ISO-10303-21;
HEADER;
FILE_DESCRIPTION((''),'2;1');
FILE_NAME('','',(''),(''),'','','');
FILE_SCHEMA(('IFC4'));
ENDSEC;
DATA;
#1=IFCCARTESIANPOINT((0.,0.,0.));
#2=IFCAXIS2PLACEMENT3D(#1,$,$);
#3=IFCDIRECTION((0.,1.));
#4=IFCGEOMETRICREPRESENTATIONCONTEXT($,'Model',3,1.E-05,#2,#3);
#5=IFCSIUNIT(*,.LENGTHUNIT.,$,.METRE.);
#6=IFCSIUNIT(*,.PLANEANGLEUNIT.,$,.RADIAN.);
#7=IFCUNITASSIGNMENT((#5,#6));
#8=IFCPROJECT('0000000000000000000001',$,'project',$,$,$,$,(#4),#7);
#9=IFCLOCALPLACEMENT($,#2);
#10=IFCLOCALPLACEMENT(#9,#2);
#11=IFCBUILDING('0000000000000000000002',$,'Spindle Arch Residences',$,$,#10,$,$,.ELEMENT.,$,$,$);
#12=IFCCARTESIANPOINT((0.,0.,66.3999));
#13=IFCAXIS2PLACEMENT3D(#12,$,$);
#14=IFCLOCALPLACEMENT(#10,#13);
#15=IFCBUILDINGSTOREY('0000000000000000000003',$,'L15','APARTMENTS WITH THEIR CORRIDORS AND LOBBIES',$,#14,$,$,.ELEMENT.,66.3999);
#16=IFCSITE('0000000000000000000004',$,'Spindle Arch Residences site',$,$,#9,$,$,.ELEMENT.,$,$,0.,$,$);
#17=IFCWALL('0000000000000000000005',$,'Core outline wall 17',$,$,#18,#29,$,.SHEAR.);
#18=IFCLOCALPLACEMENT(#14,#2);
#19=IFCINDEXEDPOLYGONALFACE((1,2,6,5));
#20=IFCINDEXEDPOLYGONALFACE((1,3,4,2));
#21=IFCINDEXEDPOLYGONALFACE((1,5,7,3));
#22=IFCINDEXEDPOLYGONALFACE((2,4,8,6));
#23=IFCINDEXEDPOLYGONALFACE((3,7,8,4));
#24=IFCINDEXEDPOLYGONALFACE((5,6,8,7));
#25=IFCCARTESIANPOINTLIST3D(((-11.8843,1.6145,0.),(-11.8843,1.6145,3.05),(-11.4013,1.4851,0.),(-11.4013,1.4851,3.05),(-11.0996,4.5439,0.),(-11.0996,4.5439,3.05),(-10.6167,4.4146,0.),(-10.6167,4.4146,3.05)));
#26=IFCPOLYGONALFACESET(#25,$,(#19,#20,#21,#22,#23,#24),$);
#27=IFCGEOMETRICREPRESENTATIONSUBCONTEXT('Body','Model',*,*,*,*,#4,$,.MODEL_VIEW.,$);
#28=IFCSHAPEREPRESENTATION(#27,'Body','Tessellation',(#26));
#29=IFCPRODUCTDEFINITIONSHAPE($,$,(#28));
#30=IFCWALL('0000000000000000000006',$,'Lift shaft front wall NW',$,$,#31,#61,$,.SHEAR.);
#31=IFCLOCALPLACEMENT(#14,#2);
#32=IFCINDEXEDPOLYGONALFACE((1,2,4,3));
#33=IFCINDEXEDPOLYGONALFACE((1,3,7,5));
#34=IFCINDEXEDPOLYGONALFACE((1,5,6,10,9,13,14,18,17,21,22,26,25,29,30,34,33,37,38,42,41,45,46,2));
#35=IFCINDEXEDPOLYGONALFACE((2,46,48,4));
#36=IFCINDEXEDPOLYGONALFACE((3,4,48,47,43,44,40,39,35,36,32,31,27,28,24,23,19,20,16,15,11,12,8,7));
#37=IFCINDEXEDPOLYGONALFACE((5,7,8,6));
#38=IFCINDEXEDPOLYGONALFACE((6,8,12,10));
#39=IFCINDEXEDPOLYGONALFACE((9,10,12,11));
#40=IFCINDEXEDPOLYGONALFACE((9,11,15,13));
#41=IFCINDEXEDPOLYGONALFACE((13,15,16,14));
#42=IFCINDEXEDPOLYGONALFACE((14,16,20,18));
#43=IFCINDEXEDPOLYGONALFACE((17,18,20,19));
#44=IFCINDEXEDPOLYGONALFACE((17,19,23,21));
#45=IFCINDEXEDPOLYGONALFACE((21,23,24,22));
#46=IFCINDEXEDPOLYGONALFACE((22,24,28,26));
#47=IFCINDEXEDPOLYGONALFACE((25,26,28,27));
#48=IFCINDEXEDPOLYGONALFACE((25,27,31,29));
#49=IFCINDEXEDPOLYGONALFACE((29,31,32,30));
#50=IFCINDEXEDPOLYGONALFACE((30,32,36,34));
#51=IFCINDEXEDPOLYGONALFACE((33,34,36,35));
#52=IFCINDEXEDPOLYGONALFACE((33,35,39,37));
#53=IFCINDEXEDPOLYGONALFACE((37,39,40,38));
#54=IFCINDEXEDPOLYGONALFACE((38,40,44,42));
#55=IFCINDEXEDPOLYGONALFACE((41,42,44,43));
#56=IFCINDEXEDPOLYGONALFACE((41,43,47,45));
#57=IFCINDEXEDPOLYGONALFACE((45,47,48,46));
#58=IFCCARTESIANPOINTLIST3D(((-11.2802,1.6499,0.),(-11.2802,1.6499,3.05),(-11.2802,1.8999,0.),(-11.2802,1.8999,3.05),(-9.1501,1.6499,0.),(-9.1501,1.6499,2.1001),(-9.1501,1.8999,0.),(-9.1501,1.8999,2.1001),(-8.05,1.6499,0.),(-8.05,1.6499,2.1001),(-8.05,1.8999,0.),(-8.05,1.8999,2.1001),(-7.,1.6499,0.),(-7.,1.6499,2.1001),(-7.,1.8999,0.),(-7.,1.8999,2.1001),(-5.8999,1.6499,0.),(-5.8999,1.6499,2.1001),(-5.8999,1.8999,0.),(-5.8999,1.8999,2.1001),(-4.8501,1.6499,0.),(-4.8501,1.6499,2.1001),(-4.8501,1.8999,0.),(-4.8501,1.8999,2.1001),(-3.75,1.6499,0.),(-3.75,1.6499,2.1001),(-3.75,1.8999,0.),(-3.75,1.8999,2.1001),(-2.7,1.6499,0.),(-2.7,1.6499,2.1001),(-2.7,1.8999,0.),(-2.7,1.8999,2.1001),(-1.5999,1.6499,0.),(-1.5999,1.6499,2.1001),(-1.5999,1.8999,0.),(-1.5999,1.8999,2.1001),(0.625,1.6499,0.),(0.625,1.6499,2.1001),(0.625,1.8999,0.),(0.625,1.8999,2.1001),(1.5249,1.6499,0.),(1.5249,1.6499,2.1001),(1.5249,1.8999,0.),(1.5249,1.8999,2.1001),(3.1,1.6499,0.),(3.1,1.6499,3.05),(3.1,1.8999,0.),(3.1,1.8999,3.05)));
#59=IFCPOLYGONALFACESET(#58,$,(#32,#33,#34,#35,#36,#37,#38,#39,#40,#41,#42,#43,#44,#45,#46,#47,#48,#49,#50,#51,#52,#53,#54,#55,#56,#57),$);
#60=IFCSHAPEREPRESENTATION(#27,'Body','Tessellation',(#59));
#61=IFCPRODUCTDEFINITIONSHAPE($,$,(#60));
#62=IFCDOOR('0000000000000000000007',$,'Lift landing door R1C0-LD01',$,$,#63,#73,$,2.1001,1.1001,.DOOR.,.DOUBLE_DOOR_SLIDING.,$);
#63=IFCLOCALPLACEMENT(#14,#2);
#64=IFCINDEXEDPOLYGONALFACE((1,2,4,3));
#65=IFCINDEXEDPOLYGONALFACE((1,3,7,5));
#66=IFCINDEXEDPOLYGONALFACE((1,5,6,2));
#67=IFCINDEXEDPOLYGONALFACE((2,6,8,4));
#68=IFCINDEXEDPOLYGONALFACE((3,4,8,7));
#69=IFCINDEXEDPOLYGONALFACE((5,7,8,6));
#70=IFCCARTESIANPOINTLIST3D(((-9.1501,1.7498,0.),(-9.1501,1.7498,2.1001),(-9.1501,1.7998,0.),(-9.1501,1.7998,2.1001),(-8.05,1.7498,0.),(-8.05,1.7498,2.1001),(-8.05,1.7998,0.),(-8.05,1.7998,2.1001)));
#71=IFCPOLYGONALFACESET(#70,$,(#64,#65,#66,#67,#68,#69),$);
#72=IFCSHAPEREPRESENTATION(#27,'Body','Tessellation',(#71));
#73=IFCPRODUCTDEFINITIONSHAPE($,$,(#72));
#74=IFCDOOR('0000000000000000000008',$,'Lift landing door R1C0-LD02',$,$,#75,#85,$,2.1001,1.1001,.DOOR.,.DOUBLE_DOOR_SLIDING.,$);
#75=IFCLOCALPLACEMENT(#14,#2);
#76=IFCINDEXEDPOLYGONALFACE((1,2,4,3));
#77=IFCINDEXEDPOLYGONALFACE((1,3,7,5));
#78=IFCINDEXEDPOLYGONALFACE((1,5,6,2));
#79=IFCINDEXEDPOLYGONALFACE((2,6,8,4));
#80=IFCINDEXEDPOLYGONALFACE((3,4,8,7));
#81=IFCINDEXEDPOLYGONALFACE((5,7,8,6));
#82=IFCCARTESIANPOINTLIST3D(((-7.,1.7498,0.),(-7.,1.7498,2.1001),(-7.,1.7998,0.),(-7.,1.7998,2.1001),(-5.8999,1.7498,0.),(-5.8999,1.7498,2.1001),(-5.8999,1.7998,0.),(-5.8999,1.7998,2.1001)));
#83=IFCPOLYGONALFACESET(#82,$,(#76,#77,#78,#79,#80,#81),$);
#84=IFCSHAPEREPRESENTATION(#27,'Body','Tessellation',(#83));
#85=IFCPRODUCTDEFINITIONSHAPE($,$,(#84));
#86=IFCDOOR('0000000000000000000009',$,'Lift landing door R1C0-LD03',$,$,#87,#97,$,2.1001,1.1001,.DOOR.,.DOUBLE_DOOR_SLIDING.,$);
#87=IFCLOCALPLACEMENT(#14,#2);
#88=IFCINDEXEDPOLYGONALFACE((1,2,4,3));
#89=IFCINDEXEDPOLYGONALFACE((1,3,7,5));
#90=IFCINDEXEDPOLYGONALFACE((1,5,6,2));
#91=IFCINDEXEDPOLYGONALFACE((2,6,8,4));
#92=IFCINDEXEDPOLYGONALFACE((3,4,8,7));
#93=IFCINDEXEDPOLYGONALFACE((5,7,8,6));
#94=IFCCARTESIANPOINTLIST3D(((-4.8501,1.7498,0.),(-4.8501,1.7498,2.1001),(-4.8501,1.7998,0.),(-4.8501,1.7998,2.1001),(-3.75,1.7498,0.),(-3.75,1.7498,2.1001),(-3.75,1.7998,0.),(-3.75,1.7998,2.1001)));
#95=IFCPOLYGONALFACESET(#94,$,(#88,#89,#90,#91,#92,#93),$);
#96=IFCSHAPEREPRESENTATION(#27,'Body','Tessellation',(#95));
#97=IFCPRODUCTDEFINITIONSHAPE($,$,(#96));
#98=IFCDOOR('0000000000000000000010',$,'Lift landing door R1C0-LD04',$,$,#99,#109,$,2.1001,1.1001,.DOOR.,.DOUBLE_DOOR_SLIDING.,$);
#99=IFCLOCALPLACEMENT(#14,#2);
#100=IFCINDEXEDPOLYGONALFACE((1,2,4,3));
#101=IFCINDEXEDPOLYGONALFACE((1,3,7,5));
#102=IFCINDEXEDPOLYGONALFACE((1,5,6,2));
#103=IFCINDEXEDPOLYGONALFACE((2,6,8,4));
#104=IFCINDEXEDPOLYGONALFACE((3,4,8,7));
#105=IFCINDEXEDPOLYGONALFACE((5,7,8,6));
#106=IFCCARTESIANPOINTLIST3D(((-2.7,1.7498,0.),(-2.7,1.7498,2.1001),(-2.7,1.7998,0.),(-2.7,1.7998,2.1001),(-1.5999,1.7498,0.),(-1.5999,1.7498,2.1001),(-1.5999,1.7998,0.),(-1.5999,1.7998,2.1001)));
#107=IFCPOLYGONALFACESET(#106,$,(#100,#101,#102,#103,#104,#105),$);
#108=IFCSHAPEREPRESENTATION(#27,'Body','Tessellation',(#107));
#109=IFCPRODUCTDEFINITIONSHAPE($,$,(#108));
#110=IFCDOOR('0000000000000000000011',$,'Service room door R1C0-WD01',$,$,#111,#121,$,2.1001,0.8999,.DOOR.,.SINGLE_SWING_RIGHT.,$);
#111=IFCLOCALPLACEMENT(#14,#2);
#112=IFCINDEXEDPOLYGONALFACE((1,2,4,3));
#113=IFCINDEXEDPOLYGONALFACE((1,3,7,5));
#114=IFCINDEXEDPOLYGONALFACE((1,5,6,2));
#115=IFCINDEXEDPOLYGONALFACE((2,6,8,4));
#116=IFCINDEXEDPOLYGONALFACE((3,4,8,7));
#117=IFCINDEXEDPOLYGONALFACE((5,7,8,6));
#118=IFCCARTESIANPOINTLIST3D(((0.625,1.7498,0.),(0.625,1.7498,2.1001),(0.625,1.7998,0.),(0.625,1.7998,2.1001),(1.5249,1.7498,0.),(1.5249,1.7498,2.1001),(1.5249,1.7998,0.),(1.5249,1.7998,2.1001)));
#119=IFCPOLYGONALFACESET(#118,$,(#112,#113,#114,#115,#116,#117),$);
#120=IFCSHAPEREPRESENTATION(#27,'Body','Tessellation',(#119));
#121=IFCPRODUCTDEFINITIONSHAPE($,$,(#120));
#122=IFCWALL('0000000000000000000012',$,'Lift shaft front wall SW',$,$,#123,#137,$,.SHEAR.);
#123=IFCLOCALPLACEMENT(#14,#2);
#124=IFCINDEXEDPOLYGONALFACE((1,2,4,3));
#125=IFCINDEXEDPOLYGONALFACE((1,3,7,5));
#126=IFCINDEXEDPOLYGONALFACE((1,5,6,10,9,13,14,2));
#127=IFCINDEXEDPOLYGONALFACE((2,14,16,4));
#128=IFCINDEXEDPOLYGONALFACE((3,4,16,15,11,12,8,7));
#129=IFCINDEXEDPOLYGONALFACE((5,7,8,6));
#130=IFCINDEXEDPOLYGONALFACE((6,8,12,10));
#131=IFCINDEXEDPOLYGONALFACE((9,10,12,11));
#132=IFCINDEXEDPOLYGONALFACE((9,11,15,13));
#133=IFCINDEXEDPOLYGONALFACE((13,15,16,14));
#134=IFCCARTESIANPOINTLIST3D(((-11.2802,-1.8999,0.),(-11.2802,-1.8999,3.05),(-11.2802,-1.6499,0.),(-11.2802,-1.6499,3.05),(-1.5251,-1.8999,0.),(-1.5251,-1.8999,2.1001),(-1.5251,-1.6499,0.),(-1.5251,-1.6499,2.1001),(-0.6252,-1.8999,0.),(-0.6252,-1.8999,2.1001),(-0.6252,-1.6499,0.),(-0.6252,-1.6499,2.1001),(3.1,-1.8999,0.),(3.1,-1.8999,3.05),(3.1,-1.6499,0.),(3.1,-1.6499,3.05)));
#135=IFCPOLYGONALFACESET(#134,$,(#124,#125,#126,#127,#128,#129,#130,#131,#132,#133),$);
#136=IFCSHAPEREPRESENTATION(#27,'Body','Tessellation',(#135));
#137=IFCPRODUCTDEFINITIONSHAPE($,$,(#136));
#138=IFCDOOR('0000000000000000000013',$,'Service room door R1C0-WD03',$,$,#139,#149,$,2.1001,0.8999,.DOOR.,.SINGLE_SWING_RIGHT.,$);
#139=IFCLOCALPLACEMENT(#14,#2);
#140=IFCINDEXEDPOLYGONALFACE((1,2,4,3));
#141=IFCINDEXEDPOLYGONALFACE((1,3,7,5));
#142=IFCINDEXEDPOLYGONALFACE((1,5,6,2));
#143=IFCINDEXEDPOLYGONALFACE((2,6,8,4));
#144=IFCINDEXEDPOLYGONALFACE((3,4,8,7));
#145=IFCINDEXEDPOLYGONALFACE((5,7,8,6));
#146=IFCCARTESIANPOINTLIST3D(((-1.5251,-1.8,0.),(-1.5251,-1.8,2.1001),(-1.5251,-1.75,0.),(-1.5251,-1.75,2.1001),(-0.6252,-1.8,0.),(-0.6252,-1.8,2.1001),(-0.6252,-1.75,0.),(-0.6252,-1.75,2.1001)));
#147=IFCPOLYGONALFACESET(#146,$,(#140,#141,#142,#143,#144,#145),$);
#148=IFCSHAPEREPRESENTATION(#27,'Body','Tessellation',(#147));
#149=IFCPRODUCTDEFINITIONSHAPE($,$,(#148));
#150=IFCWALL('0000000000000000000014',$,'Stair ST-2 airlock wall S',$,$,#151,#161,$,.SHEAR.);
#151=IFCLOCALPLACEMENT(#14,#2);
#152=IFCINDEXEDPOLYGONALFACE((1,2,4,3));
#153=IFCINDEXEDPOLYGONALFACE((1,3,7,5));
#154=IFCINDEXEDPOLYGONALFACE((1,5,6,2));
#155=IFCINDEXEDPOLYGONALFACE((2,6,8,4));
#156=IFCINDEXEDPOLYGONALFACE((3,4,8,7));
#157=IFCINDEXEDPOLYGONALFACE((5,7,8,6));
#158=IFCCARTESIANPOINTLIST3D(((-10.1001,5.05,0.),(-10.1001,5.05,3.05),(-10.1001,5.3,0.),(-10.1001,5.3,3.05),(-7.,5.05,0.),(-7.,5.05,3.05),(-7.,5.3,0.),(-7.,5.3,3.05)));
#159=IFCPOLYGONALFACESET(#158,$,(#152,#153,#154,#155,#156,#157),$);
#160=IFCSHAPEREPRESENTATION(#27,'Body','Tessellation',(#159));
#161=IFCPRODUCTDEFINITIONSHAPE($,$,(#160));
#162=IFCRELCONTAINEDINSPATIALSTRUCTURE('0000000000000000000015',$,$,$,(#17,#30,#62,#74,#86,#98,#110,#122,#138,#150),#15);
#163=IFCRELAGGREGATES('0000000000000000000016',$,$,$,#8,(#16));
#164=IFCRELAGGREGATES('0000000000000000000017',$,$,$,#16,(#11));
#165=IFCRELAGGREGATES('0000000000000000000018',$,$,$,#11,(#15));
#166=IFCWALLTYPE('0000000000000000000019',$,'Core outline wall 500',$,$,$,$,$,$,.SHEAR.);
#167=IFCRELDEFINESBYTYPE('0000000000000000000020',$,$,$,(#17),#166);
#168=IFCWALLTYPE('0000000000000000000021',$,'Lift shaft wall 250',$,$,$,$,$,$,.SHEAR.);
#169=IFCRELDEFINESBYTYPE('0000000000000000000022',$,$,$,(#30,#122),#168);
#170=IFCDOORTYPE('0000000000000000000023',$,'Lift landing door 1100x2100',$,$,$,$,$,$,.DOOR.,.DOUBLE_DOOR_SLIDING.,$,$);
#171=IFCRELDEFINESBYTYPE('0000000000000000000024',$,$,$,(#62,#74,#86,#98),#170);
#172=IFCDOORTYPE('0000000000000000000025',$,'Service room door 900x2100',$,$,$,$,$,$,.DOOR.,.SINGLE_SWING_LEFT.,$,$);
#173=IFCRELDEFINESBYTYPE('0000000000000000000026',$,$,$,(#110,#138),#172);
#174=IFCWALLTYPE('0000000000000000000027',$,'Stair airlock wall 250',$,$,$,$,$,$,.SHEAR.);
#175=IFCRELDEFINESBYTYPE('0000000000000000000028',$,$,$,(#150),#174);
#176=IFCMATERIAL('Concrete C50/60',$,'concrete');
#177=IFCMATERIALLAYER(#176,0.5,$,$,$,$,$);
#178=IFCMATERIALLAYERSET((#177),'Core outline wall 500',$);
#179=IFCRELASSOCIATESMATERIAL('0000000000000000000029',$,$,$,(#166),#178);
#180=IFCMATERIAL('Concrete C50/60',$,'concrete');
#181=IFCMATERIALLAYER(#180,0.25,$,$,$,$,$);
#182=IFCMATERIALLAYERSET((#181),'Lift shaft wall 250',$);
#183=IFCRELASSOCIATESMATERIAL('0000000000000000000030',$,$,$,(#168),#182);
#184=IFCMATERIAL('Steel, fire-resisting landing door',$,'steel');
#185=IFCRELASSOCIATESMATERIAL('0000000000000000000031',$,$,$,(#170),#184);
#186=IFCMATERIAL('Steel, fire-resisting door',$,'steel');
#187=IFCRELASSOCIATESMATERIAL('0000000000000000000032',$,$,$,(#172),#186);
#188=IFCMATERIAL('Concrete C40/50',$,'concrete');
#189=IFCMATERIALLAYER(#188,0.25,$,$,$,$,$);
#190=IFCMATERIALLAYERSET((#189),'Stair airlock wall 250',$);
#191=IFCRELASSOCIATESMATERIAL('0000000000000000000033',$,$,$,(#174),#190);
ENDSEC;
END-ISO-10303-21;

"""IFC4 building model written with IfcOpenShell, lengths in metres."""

from ifc_helpers import new_model, si_unit, direction, frame, frame_2d, origin, place, context, subcontext, project, spatial, rectangle, extrude, material, layer, layer_set, type_object, element, fill, save


model = new_model("IFC4")

# Units and contexts
model_context = context("Model", 3, precision=1e-05, world=origin(), true_north=direction((0.0, 1.0)))
body_context = subcontext(model_context, "Body", "Model", "MODEL_VIEW")
ifc_project = project(units=[si_unit("LENGTHUNIT", "METRE"), si_unit("PLANEANGLEUNIT", "RADIAN")], contexts=[model_context])

# Site, building, storey
site_placement = place(None, origin())
site = spatial("IfcSite", under=ifc_project, at=site_placement, Name="Spindle Arch Residences site", CompositionType="ELEMENT", RefElevation=0.0)
building_placement = place(site_placement, origin())
building = spatial("IfcBuilding", under=site, at=building_placement, Name="Spindle Arch Residences", CompositionType="ELEMENT")
storey_placement = place(building_placement, frame((0.0, 0.0, 66.3999)))
storey = spatial("IfcBuildingStorey", under=building, at=storey_placement, Name="L15", Description="APARTMENTS WITH THEIR CORRIDORS AND LOBBIES", CompositionType="ELEMENT", Elevation=66.3999)

# Wall
ifc_material_1 = material(Name="Concrete C50/60", Category="concrete")
ifc_layer_1 = layer(ifc_material_1, 0.5)
ifc_layer_set_1 = layer_set([ifc_layer_1], Name="Core outline wall 500")
wall_type_1 = type_object("IfcWallType", Name="Core outline wall 500", PredefinedType="SHEAR", material=ifc_layer_set_1)
wall_1_placement = place(storey_placement, frame((-10.8582, 4.4792, 0.0), z_axis=(0.0, 0.0, 1.0), x_axis=(-0.258735, -0.965948, 0.0)))
element("IfcWall", 1, at=wall_1_placement, inside=storey, type_object=wall_type_1, Name="Core outline wall 17", PredefinedType="SHEAR", context=body_context, shape_type="SweptSolid", body=[
    extrude(rectangle(XDim=3.0327, YDim=0.5, at=frame_2d((1.5164, 0.0))), origin(), (0.0, 0.0, 1.0), 3.05),
])

# Wall, openings, doors
ifc_material_2 = material(Name="Concrete C50/60", Category="concrete")
ifc_layer_2 = layer(ifc_material_2, 0.25)
ifc_layer_set_2 = layer_set([ifc_layer_2], Name="Lift shaft wall 250")
wall_type_2 = type_object("IfcWallType", Name="Lift shaft wall 250", PredefinedType="SHEAR", material=ifc_layer_set_2)
wall_2_placement = place(storey_placement, frame((-11.28, 1.7749, 0.0), z_axis=(0.0, 0.0, 1.0), x_axis=(1.0, 0.0, 0.0)))
wall_2 = element("IfcWall", 2, at=wall_2_placement, inside=storey, type_object=wall_type_2, Name="Lift shaft front wall NW", PredefinedType="SHEAR", context=body_context, shape_type="SweptSolid", body=[
    extrude(rectangle(XDim=14.3801, YDim=0.25, at=frame_2d((7.1899, 0.0))), origin(), (0.0, 0.0, 1.0), 3.05),
])
opening_1_placement = place(wall_2_placement, frame((2.1299, 0.0, 0.0)))
opening_1 = element("IfcOpeningElement", 3, at=opening_1_placement, cuts=wall_2, PredefinedType="OPENING", context=body_context, shape_type="SweptSolid", body=[
    extrude(rectangle(XDim=1.1001, YDim=2.1001, at=frame_2d((0.55, 1.05))), frame((0.0, 0.135, 0.0), z_axis=(0.0, -1.0, 0.0), x_axis=(1.0, 0.0, 0.0)), (0.0, 0.0, 1.0), 0.27),
])
opening_2_placement = place(wall_2_placement, frame((4.28, 0.0, 0.0)))
opening_2 = element("IfcOpeningElement", 4, at=opening_2_placement, cuts=wall_2, PredefinedType="OPENING", context=body_context, shape_type="SweptSolid", body=[
    extrude(rectangle(XDim=1.1001, YDim=2.1001, at=frame_2d((0.55, 1.05))), frame((0.0, 0.135, 0.0), z_axis=(0.0, -1.0, 0.0), x_axis=(1.0, 0.0, 0.0)), (0.0, 0.0, 1.0), 0.27),
])
opening_3_placement = place(wall_2_placement, frame((6.4299, 0.0, 0.0)))
opening_3 = element("IfcOpeningElement", 5, at=opening_3_placement, cuts=wall_2, PredefinedType="OPENING", context=body_context, shape_type="SweptSolid", body=[
    extrude(rectangle(XDim=1.1001, YDim=2.1001, at=frame_2d((0.55, 1.05))), frame((0.0, 0.135, 0.0), z_axis=(0.0, -1.0, 0.0), x_axis=(1.0, 0.0, 0.0)), (0.0, 0.0, 1.0), 0.27),
])
opening_4_placement = place(wall_2_placement, frame((8.5801, 0.0, 0.0)))
opening_4 = element("IfcOpeningElement", 6, at=opening_4_placement, cuts=wall_2, PredefinedType="OPENING", context=body_context, shape_type="SweptSolid", body=[
    extrude(rectangle(XDim=1.1001, YDim=2.1001, at=frame_2d((0.55, 1.05))), frame((0.0, 0.135, 0.0), z_axis=(0.0, -1.0, 0.0), x_axis=(1.0, 0.0, 0.0)), (0.0, 0.0, 1.0), 0.27),
])
opening_5_placement = place(wall_2_placement, frame((11.905, 0.0, 0.0)))
opening_5 = element("IfcOpeningElement", 7, at=opening_5_placement, cuts=wall_2, PredefinedType="OPENING", context=body_context, shape_type="SweptSolid", body=[
    extrude(rectangle(XDim=0.8999, YDim=2.1001, at=frame_2d((0.45, 1.05))), frame((0.0, 0.135, 0.0), z_axis=(0.0, -1.0, 0.0), x_axis=(1.0, 0.0, 0.0)), (0.0, 0.0, 1.0), 0.27),
])
ifc_material_3 = material(Name="Steel, fire-resisting landing door", Category="steel")
door_type_1 = type_object("IfcDoorType", Name="Lift landing door 1100x2100", OperationType="DOUBLE_DOOR_SLIDING", PredefinedType="DOOR", material=ifc_material_3)
door_1_placement = place(opening_1_placement, origin())
door_1 = element("IfcDoor", 8, at=door_1_placement, inside=storey, type_object=door_type_1, Name="Lift landing door R1C0-LD01", OperationType="DOUBLE_DOOR_SLIDING", OverallHeight=2.1001, OverallWidth=1.1001, PredefinedType="DOOR", context=body_context, shape_type="SweptSolid", body=[
    extrude(rectangle(XDim=1.1001, YDim=2.1001, at=frame_2d((0.55, 1.05))), frame((0.0, 0.0249, 0.0), z_axis=(0.0, -1.0, 0.0), x_axis=(1.0, 0.0, 0.0)), (0.0, 0.0, 1.0), 0.05),
])
fill(opening_1, door_1)
door_2_placement = place(opening_2_placement, origin())
door_2 = element("IfcDoor", 9, at=door_2_placement, inside=storey, type_object=door_type_1, Name="Lift landing door R1C0-LD02", OperationType="DOUBLE_DOOR_SLIDING", OverallHeight=2.1001, OverallWidth=1.1001, PredefinedType="DOOR", context=body_context, shape_type="SweptSolid", body=[
    extrude(rectangle(XDim=1.1001, YDim=2.1001, at=frame_2d((0.55, 1.05))), frame((0.0, 0.0249, 0.0), z_axis=(0.0, -1.0, 0.0), x_axis=(1.0, 0.0, 0.0)), (0.0, 0.0, 1.0), 0.05),
])
fill(opening_2, door_2)
door_3_placement = place(opening_3_placement, origin())
door_3 = element("IfcDoor", 10, at=door_3_placement, inside=storey, type_object=door_type_1, Name="Lift landing door R1C0-LD03", OperationType="DOUBLE_DOOR_SLIDING", OverallHeight=2.1001, OverallWidth=1.1001, PredefinedType="DOOR", context=body_context, shape_type="SweptSolid", body=[
    extrude(rectangle(XDim=1.1001, YDim=2.1001, at=frame_2d((0.55, 1.05))), frame((0.0, 0.0249, 0.0), z_axis=(0.0, -1.0, 0.0), x_axis=(1.0, 0.0, 0.0)), (0.0, 0.0, 1.0), 0.05),
])
fill(opening_3, door_3)
door_4_placement = place(opening_4_placement, origin())
door_4 = element("IfcDoor", 11, at=door_4_placement, inside=storey, type_object=door_type_1, Name="Lift landing door R1C0-LD04", OperationType="DOUBLE_DOOR_SLIDING", OverallHeight=2.1001, OverallWidth=1.1001, PredefinedType="DOOR", context=body_context, shape_type="SweptSolid", body=[
    extrude(rectangle(XDim=1.1001, YDim=2.1001, at=frame_2d((0.55, 1.05))), frame((0.0, 0.0249, 0.0), z_axis=(0.0, -1.0, 0.0), x_axis=(1.0, 0.0, 0.0)), (0.0, 0.0, 1.0), 0.05),
])
fill(opening_4, door_4)
ifc_material_4 = material(Name="Steel, fire-resisting door", Category="steel")
door_type_2 = type_object("IfcDoorType", Name="Service room door 900x2100", OperationType="SINGLE_SWING_LEFT", PredefinedType="DOOR", material=ifc_material_4)
door_5_placement = place(opening_5_placement, origin())
door_5 = element("IfcDoor", 12, at=door_5_placement, inside=storey, type_object=door_type_2, Name="Service room door R1C0-WD01", OperationType="SINGLE_SWING_RIGHT", OverallHeight=2.1001, OverallWidth=0.8999, PredefinedType="DOOR", context=body_context, shape_type="SweptSolid", body=[
    extrude(rectangle(XDim=0.8999, YDim=2.1001, at=frame_2d((0.45, 1.05))), frame((0.0, 0.0249, 0.0), z_axis=(0.0, -1.0, 0.0), x_axis=(1.0, 0.0, 0.0)), (0.0, 0.0, 1.0), 0.05),
])
fill(opening_5, door_5)

# Wall, opening, door
wall_3_placement = place(storey_placement, frame((-11.28, -1.7749, 0.0), z_axis=(0.0, 0.0, 1.0), x_axis=(1.0, 0.0, 0.0)))
wall_3 = element("IfcWall", 13, at=wall_3_placement, inside=storey, type_object=wall_type_2, Name="Lift shaft front wall SW", PredefinedType="SHEAR", context=body_context, shape_type="SweptSolid", body=[
    extrude(rectangle(XDim=14.3801, YDim=0.25, at=frame_2d((7.1899, 0.0))), origin(), (0.0, 0.0, 1.0), 3.05),
])
opening_6_placement = place(wall_3_placement, frame((9.7549, 0.0, 0.0)))
opening_6 = element("IfcOpeningElement", 14, at=opening_6_placement, cuts=wall_3, PredefinedType="OPENING", context=body_context, shape_type="SweptSolid", body=[
    extrude(rectangle(XDim=0.8999, YDim=2.1001, at=frame_2d((0.45, 1.05))), frame((0.0, 0.135, 0.0), z_axis=(0.0, -1.0, 0.0), x_axis=(1.0, 0.0, 0.0)), (0.0, 0.0, 1.0), 0.27),
])
door_6_placement = place(opening_6_placement, origin())
door_6 = element("IfcDoor", 15, at=door_6_placement, inside=storey, type_object=door_type_2, Name="Service room door R1C0-WD03", OperationType="SINGLE_SWING_RIGHT", OverallHeight=2.1001, OverallWidth=0.8999, PredefinedType="DOOR", context=body_context, shape_type="SweptSolid", body=[
    extrude(rectangle(XDim=0.8999, YDim=2.1001, at=frame_2d((0.45, 1.05))), frame((0.0, 0.0249, 0.0), z_axis=(0.0, -1.0, 0.0), x_axis=(1.0, 0.0, 0.0)), (0.0, 0.0, 1.0), 0.05),
])
fill(opening_6, door_6)

# Wall
ifc_material_5 = material(Name="Concrete C40/50", Category="concrete")
ifc_layer_3 = layer(ifc_material_5, 0.25)
ifc_layer_set_3 = layer_set([ifc_layer_3], Name="Stair airlock wall 250")
wall_type_3 = type_object("IfcWallType", Name="Stair airlock wall 250", PredefinedType="SHEAR", material=ifc_layer_set_3)
wall_4_placement = place(storey_placement, frame((-7.0, 5.175, 0.0), z_axis=(0.0, 0.0, 1.0), x_axis=(-1.0, 0.0, 0.0)))
element("IfcWall", 16, at=wall_4_placement, inside=storey, type_object=wall_type_3, Name="Stair ST-2 airlock wall S", PredefinedType="SHEAR", context=body_context, shape_type="SweptSolid", body=[
    extrude(rectangle(XDim=3.1001, YDim=0.25, at=frame_2d((1.55, 0.0))), origin(), (0.0, 0.0, 1.0), 3.05),
])

save(model, "model.ifc")
